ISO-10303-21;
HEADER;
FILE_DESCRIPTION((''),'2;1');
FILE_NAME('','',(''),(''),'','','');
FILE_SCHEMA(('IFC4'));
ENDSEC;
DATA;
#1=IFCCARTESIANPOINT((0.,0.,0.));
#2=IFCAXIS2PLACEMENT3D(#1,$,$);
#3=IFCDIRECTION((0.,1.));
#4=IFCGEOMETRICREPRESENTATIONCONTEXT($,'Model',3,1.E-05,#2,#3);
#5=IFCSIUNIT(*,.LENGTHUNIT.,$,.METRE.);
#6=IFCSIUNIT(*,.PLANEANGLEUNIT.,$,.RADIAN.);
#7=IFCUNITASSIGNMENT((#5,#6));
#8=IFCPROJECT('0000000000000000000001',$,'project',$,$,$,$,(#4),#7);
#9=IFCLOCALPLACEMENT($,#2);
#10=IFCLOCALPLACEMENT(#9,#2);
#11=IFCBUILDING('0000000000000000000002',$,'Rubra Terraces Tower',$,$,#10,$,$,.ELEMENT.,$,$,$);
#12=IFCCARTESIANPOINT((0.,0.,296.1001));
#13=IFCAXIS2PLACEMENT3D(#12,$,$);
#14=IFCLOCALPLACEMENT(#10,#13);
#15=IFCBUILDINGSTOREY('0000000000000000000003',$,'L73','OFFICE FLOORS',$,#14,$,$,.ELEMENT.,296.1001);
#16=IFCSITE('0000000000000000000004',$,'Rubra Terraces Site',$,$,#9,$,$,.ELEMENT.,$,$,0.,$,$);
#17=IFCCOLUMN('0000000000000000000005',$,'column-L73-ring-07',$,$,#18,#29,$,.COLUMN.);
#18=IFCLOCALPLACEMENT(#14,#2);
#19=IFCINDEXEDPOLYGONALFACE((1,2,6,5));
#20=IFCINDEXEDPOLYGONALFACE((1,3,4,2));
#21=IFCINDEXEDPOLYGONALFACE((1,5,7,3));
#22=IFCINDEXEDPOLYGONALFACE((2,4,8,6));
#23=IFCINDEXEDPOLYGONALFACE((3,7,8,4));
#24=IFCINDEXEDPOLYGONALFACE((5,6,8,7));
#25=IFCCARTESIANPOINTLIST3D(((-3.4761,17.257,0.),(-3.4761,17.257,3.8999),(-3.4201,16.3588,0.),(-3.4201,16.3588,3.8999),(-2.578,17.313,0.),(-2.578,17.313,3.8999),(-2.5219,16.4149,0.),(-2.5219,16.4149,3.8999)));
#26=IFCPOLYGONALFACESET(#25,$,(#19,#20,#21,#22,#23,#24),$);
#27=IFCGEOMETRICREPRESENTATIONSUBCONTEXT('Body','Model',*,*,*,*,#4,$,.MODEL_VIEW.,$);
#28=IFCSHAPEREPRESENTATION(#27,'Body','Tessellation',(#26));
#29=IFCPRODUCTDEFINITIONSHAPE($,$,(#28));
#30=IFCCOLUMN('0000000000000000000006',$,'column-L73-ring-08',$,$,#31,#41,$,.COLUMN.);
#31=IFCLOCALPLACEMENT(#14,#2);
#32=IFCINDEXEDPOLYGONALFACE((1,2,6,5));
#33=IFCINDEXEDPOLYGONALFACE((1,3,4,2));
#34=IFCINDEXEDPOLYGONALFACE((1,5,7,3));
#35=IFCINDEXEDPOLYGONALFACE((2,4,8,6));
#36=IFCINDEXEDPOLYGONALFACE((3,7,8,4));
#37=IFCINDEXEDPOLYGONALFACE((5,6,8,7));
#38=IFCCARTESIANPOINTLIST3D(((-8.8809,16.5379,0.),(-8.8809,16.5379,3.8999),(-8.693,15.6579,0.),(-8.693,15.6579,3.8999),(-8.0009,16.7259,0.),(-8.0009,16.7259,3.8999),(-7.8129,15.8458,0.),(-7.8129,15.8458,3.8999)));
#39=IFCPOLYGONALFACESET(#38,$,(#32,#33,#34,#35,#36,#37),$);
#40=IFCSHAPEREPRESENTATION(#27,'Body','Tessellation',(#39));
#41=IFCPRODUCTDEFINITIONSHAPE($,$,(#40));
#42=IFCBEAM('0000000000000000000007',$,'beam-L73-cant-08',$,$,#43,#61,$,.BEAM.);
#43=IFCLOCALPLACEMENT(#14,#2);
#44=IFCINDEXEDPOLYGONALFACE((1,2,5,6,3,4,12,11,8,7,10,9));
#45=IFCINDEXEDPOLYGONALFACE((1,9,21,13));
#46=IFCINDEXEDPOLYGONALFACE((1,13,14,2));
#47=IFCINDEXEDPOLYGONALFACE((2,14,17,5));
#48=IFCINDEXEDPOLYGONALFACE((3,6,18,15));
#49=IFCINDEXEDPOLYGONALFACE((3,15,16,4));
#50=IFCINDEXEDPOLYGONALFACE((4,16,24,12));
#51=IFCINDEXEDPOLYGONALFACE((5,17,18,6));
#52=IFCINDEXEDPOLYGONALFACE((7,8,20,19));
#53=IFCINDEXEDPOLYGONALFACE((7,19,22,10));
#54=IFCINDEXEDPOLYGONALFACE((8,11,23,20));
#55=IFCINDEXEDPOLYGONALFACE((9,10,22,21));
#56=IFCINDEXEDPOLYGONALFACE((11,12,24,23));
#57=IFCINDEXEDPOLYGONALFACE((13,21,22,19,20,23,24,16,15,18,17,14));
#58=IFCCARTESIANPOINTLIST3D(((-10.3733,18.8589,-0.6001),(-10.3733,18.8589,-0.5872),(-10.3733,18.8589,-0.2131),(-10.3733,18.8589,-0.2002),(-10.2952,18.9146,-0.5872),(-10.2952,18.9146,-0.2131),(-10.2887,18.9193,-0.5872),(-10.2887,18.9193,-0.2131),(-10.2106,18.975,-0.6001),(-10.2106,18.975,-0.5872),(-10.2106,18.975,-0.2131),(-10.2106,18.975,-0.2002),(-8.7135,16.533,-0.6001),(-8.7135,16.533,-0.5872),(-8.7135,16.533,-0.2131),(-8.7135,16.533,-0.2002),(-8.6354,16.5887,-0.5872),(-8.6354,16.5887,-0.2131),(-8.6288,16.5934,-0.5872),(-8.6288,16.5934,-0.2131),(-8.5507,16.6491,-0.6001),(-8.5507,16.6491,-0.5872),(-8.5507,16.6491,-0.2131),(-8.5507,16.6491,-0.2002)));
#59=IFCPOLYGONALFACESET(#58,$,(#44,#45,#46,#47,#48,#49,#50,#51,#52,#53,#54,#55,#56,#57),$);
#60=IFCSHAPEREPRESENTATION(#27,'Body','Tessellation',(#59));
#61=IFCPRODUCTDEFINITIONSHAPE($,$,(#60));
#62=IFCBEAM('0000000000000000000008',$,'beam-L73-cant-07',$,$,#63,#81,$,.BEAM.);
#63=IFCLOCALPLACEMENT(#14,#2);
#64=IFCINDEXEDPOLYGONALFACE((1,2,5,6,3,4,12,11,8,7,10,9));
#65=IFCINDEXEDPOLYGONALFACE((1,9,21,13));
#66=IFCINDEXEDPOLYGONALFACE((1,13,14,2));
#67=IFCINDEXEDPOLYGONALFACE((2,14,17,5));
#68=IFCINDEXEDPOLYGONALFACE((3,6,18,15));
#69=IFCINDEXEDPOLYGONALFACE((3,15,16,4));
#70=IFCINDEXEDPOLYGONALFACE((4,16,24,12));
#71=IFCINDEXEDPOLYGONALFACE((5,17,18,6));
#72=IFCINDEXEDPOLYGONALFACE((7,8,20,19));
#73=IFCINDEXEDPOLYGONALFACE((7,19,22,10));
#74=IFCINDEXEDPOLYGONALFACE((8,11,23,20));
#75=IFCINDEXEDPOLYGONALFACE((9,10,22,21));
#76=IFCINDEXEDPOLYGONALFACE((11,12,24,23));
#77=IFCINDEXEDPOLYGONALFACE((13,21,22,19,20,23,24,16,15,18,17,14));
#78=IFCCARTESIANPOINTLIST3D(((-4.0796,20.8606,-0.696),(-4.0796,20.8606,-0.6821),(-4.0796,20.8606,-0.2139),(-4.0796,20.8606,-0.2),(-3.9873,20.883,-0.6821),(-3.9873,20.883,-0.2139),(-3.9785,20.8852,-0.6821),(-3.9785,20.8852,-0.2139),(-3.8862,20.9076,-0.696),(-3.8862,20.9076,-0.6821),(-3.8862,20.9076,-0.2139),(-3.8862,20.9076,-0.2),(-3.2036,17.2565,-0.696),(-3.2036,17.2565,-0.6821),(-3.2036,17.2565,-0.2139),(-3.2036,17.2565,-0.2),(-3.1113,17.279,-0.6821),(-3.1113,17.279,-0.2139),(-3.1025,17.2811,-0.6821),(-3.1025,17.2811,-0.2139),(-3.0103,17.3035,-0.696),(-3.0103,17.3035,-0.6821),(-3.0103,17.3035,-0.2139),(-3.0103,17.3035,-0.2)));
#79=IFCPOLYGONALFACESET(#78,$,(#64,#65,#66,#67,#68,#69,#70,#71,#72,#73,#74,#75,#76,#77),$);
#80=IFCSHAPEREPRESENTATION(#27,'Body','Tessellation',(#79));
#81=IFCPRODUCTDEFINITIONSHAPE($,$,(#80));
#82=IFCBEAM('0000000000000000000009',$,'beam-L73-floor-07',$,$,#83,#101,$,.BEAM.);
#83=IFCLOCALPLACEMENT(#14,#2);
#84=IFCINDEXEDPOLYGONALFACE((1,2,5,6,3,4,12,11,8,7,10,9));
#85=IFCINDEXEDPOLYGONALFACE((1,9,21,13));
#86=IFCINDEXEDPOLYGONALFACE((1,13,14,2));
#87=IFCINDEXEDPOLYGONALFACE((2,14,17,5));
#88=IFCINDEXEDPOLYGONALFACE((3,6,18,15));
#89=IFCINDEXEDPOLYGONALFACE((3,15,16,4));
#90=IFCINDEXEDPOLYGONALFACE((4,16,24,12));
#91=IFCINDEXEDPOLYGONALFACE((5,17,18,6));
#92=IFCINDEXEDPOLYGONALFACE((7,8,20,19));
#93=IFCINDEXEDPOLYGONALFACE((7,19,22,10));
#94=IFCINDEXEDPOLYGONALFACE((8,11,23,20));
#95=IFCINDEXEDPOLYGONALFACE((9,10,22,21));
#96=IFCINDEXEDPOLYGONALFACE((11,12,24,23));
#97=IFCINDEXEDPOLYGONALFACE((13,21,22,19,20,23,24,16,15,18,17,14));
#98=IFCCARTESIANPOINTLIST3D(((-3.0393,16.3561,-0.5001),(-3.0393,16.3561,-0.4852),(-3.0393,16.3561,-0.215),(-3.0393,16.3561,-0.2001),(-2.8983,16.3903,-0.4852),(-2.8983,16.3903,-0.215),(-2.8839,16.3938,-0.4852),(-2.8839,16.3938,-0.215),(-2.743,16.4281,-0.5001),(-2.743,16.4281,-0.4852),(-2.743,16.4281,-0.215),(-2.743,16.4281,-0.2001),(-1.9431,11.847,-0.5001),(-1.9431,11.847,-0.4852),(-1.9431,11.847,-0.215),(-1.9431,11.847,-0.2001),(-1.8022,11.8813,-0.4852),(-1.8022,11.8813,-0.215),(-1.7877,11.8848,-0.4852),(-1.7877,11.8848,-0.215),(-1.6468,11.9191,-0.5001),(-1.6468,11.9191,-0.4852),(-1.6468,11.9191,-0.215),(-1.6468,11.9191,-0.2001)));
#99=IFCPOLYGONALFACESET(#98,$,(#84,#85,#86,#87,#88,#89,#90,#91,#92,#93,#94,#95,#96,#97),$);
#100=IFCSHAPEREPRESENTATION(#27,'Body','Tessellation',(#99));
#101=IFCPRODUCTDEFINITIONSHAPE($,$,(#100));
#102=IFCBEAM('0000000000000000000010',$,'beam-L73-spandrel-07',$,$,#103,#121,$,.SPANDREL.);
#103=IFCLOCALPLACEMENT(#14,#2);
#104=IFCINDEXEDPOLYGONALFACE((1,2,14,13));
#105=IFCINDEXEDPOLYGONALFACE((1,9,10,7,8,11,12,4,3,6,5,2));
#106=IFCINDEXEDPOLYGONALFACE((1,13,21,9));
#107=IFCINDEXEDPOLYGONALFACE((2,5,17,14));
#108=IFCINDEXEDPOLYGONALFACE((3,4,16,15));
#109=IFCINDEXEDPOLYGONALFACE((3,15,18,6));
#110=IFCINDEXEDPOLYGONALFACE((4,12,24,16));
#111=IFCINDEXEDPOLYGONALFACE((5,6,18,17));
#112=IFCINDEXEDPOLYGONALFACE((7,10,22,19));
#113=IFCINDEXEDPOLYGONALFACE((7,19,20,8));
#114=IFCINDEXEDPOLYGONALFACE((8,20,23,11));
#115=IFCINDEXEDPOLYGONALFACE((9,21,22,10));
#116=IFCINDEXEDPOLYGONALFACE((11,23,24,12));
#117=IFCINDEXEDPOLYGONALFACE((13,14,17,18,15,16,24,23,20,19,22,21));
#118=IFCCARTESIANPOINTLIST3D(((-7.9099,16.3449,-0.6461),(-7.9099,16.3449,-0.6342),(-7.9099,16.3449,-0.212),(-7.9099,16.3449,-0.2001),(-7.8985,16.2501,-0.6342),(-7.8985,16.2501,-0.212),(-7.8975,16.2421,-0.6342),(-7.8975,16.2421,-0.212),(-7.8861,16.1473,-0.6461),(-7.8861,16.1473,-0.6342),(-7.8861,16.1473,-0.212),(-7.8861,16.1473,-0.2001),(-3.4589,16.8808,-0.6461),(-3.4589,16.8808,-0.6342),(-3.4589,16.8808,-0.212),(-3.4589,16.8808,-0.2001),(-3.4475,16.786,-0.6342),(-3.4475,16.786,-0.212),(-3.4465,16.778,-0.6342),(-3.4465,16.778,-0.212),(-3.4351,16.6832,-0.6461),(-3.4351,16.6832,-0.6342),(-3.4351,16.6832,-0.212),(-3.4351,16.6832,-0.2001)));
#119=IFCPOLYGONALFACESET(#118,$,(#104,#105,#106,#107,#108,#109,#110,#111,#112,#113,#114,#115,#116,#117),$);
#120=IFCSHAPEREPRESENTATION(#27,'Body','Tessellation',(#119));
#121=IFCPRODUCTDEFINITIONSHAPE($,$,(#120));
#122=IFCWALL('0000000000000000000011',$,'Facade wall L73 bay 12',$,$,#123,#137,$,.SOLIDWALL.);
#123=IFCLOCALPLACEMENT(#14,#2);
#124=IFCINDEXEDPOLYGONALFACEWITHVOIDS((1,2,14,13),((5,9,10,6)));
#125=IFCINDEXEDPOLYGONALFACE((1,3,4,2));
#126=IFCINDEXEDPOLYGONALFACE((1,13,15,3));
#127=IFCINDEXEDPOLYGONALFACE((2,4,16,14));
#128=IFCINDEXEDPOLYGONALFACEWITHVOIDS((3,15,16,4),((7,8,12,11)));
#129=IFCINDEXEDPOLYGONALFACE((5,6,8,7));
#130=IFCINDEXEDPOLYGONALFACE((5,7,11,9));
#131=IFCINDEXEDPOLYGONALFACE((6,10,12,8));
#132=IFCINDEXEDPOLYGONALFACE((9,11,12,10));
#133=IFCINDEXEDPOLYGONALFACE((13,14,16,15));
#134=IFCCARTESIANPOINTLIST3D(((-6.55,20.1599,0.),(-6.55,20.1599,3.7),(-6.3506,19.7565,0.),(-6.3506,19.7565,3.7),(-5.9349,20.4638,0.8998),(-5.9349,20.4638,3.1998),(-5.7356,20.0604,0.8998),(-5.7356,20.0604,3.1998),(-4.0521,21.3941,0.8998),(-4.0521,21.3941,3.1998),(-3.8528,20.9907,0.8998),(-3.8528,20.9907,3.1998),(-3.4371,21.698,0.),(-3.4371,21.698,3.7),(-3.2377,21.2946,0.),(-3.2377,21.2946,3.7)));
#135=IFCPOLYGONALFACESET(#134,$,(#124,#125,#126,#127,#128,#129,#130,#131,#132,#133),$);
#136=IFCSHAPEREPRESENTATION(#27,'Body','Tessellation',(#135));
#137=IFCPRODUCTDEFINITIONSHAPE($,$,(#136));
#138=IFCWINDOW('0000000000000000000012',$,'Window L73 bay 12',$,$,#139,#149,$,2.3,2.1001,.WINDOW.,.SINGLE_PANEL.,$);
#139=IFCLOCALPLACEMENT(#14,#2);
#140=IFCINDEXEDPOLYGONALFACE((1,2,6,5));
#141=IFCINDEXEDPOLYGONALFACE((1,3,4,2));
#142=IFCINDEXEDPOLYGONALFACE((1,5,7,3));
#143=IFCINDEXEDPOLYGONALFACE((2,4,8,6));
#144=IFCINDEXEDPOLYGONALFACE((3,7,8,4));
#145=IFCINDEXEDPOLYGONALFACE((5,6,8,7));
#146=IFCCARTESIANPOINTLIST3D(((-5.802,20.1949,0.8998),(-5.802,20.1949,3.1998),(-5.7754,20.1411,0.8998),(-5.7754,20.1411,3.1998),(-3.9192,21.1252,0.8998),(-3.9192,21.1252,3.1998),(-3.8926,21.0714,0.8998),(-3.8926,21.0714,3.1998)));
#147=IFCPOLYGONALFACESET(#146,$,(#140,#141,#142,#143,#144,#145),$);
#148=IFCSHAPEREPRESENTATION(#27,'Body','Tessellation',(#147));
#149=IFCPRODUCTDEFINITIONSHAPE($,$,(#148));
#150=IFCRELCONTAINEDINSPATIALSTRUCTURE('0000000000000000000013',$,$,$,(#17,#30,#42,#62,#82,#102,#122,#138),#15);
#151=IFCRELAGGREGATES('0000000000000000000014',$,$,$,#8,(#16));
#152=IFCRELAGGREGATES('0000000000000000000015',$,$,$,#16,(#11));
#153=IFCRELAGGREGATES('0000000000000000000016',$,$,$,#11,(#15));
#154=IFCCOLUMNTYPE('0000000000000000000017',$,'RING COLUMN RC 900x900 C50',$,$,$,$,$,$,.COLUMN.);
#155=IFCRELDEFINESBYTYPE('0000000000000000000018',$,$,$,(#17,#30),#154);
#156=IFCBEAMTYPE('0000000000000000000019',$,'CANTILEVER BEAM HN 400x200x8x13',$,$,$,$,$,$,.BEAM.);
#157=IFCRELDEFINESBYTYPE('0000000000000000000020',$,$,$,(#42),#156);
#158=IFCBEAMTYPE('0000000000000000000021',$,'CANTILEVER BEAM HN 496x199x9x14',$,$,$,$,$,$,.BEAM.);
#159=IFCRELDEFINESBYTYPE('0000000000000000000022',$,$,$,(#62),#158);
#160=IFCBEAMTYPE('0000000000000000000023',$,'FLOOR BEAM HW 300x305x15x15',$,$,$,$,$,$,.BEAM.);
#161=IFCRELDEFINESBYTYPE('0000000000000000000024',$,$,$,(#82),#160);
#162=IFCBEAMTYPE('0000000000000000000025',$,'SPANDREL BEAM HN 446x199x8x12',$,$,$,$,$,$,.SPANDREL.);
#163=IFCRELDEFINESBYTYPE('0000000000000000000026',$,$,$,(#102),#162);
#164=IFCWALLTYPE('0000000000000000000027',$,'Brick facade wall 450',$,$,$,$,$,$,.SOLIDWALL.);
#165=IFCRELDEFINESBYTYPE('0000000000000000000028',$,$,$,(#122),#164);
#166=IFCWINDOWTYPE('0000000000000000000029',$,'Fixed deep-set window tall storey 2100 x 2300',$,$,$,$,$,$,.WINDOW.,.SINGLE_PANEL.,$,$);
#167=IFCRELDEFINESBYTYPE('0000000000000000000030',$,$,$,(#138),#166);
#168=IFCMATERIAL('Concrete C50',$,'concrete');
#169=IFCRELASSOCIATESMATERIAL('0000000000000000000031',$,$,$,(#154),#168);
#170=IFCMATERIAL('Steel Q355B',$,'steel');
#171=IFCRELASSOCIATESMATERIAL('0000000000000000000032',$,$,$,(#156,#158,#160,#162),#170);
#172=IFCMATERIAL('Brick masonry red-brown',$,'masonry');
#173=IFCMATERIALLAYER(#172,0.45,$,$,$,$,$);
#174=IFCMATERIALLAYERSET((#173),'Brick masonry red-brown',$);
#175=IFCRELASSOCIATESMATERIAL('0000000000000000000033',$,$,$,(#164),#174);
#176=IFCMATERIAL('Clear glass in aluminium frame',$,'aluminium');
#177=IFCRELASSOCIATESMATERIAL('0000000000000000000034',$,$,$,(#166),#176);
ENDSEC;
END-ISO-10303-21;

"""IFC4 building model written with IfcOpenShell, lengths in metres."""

from ifc_helpers import new_model, si_unit, direction, frame, frame_2d, origin, origin_2d, place, context, subcontext, project, spatial, rectangle, i_section, extrude, material, layer, layer_set, material_profile, profile_set, type_object, element, fill, save


model = new_model("IFC4")

# Units and contexts
model_context = context("Model", 3, precision=1e-05, world=origin(), true_north=direction((0.0, 1.0)))
body_context = subcontext(model_context, "Body", "Model", "MODEL_VIEW")
ifc_project = project(units=[si_unit("LENGTHUNIT", "METRE"), si_unit("PLANEANGLEUNIT", "RADIAN")], contexts=[model_context])

# Site, building, storey
site_placement = place(None, origin())
site = spatial("IfcSite", under=ifc_project, at=site_placement, Name="Rubra Terraces Site", CompositionType="ELEMENT", RefElevation=0.0)
building_placement = place(site_placement, origin())
building = spatial("IfcBuilding", under=site, at=building_placement, Name="Rubra Terraces Tower", CompositionType="ELEMENT")
storey_placement = place(building_placement, frame((0.0, 0.0, 296.1001)))
storey = spatial("IfcBuildingStorey", under=building, at=storey_placement, Name="L73", Description="OFFICE FLOORS", CompositionType="ELEMENT", Elevation=296.1001)

# Columns
ifc_material_1 = material(Name="Concrete C50", Category="concrete")
ifc_material_profile_1 = material_profile(ifc_material_1, rectangle(XDim=0.8999, YDim=0.8999, at=origin_2d()), Name="RC 900x900")
ifc_profile_set_1 = profile_set([ifc_material_profile_1], Name="Concrete C50")
column_type = type_object("IfcColumnType", Name="RING COLUMN RC 900x900 C50", PredefinedType="COLUMN", material=ifc_profile_set_1)
for number, where, z_axis, x_axis, name in (
    (1, (-2.999, 16.8359, 0.0), (0.0, 0.0, 1.0), (-0.998059, -0.062268, 0.0), "column-L73-ring-07"),
    (2, (-8.3469, 16.1919, 0.0), (0.0, 0.0, 1.0), (-0.977944, -0.208867, 0.0), "column-L73-ring-08"),
):
    element("IfcColumn", number, at=place(storey_placement, frame(where, z_axis=z_axis, x_axis=x_axis)), inside=storey, type_object=column_type, Name=name, PredefinedType="COLUMN", context=body_context, shape_type="SweptSolid", body=[
        extrude(rectangle(XDim=0.8999, YDim=0.8999, at=origin_2d()), origin(), (0.0, 0.0, 1.0), 3.8999),
    ])

# Beams
ifc_material_2 = material(Name="Steel Q355B", Category="steel")
ifc_material_profile_2 = material_profile(ifc_material_2, i_section(OverallWidth=0.2, OverallDepth=0.3999, WebThickness=0.0081, FlangeThickness=0.0129, at=origin_2d()), Name="HN 400x200x8x13")
ifc_profile_set_2 = profile_set([ifc_material_profile_2], Name="Steel Q355B")
beam_type_1 = type_object("IfcBeamType", Name="CANTILEVER BEAM HN 400x200x8x13", PredefinedType="BEAM", material=ifc_profile_set_2)
beam_1_placement = place(storey_placement, frame((-8.6321, 16.5911, -0.4001), z_axis=(-0.580899, 0.813976, 0.0), x_axis=(-0.813976, -0.580899, 0.0)))
element("IfcBeam", 3, at=beam_1_placement, inside=storey, type_object=beam_type_1, Name="beam-L73-cant-08", PredefinedType="BEAM", context=body_context, shape_type="SweptSolid", body=[
    extrude(i_section(OverallWidth=0.2, OverallDepth=0.3999, WebThickness=0.0081, FlangeThickness=0.0129, at=origin_2d()), origin(), (0.0, 0.0, 1.0), 2.8574),
])
ifc_material_profile_3 = material_profile(ifc_material_2, i_section(OverallWidth=0.199, OverallDepth=0.4961, WebThickness=0.009, FlangeThickness=0.0139, at=origin_2d()), Name="HN 496x199x9x14")
ifc_profile_set_3 = profile_set([ifc_material_profile_3], Name="Steel Q355B")
beam_type_2 = type_object("IfcBeamType", Name="CANTILEVER BEAM HN 496x199x9x14", PredefinedType="BEAM", material=ifc_profile_set_3)
beam_2_placement = place(storey_placement, frame((-3.1069, 17.28, -0.448), z_axis=(-0.23618, 0.971709, 0.0), x_axis=(-0.971709, -0.23618, 0.0)))
element("IfcBeam", 4, at=beam_2_placement, inside=storey, type_object=beam_type_2, Name="beam-L73-cant-07", PredefinedType="BEAM", context=body_context, shape_type="SweptSolid", body=[
    extrude(i_section(OverallWidth=0.199, OverallDepth=0.4961, WebThickness=0.009, FlangeThickness=0.0139, at=origin_2d()), origin(), (0.0, 0.0, 1.0), 3.709),
])
ifc_material_profile_4 = material_profile(ifc_material_2, i_section(OverallWidth=0.3049, OverallDepth=0.3, WebThickness=0.0149, FlangeThickness=0.0149, at=origin_2d()), Name="HW 300x305x15x15")
ifc_profile_set_4 = profile_set([ifc_material_profile_4], Name="Steel Q355B")
beam_type_3 = type_object("IfcBeamType", Name="FLOOR BEAM HW 300x305x15x15", PredefinedType="BEAM", material=ifc_profile_set_4)
beam_3_placement = place(storey_placement, frame((-2.8911, 16.3921, -0.3501), z_axis=(0.236229, -0.971697, 0.0), x_axis=(0.971697, 0.236229, 0.0)))
element("IfcBeam", 5, at=beam_3_placement, inside=storey, type_object=beam_type_3, Name="beam-L73-floor-07", PredefinedType="BEAM", context=body_context, shape_type="SweptSolid", body=[
    extrude(i_section(OverallWidth=0.3049, OverallDepth=0.3, WebThickness=0.0149, FlangeThickness=0.0149, at=origin_2d()), origin(), (0.0, 0.0, 1.0), 4.6404),
])
ifc_material_profile_5 = material_profile(ifc_material_2, i_section(OverallWidth=0.199, OverallDepth=0.446, WebThickness=0.0081, FlangeThickness=0.012, at=origin_2d()), Name="HN 446x199x8x12")
ifc_profile_set_5 = profile_set([ifc_material_profile_5], Name="Steel Q355B")
beam_type_4 = type_object("IfcBeamType", Name="SPANDREL BEAM HN 446x199x8x12", PredefinedType="SPANDREL", material=ifc_profile_set_5)
beam_4_placement = place(storey_placement, frame((-3.447, 16.782, -0.4231), z_axis=(-0.99283, -0.119536, 0.0), x_axis=(0.119536, -0.99283, 0.0)))
element("IfcBeam", 6, at=beam_4_placement, inside=storey, type_object=beam_type_4, Name="beam-L73-spandrel-07", PredefinedType="SPANDREL", context=body_context, shape_type="SweptSolid", body=[
    extrude(i_section(OverallWidth=0.199, OverallDepth=0.446, WebThickness=0.0081, FlangeThickness=0.012, at=origin_2d()), origin(), (0.0, 0.0, 1.0), 4.4832),
])

# Wall, opening, window
ifc_material_3 = material(Name="Brick masonry red-brown", Category="masonry")
ifc_layer_1 = layer(ifc_material_3, 0.45)
ifc_layer_set_1 = layer_set([ifc_layer_1], Name="Brick masonry red-brown")
wall_type_1 = type_object("IfcWallType", Name="Brick facade wall 450", PredefinedType="SOLIDWALL", material=ifc_layer_set_1)
wall_1_placement = place(storey_placement, frame((-3.3374, 21.4963, 0.0), z_axis=(0.0, 0.0, 1.0), x_axis=(-0.896527, -0.44299, 0.0)))
wall_1 = element("IfcWall", 7, at=wall_1_placement, inside=storey, type_object=wall_type_1, Name="Facade wall L73 bay 12", PredefinedType="SOLIDWALL", context=body_context, shape_type="SweptSolid", body=[
    extrude(rectangle(XDim=3.4722, YDim=0.45, at=frame_2d((1.7361, 0.0))), origin(), (0.0, 0.0, 1.0), 3.7),
])
opening_1_placement = place(wall_1_placement, frame((0.686, 0.0, 0.8999)))
opening_1 = element("IfcOpeningElement", 8, at=opening_1_placement, cuts=wall_1, PredefinedType="OPENING", context=body_context, shape_type="SweptSolid", body=[
    extrude(rectangle(XDim=2.1001, YDim=2.3, at=frame_2d((1.05, 1.1499))), frame((0.0, 0.2349, 0.0), z_axis=(0.0, -1.0, 0.0), x_axis=(1.0, 0.0, 0.0)), (0.0, 0.0, 1.0), 0.47),
])
ifc_material_4 = material(Name="Clear glass in aluminium frame", Category="aluminium")
window_type_1 = type_object("IfcWindowType", Name="Fixed deep-set window tall storey 2100 x 2300", PartitioningType="SINGLE_PANEL", PredefinedType="WINDOW", material=ifc_material_4)
window_1_placement = place(opening_1_placement, origin())
window_1 = element("IfcWindow", 9, at=window_1_placement, inside=storey, type_object=window_type_1, Name="Window L73 bay 12", OverallHeight=2.3, OverallWidth=2.1001, PartitioningType="SINGLE_PANEL", PredefinedType="WINDOW", context=body_context, shape_type="SweptSolid", body=[
    extrude(rectangle(XDim=2.1001, YDim=2.3, at=frame_2d((1.05, 1.1499))), frame((0.0, 0.135, 0.0), z_axis=(0.0, -1.0, 0.0), x_axis=(1.0, 0.0, 0.0)), (0.0, 0.0, 1.0), 0.0601),
])
fill(opening_1, window_1)

save(model, "model.ifc")
